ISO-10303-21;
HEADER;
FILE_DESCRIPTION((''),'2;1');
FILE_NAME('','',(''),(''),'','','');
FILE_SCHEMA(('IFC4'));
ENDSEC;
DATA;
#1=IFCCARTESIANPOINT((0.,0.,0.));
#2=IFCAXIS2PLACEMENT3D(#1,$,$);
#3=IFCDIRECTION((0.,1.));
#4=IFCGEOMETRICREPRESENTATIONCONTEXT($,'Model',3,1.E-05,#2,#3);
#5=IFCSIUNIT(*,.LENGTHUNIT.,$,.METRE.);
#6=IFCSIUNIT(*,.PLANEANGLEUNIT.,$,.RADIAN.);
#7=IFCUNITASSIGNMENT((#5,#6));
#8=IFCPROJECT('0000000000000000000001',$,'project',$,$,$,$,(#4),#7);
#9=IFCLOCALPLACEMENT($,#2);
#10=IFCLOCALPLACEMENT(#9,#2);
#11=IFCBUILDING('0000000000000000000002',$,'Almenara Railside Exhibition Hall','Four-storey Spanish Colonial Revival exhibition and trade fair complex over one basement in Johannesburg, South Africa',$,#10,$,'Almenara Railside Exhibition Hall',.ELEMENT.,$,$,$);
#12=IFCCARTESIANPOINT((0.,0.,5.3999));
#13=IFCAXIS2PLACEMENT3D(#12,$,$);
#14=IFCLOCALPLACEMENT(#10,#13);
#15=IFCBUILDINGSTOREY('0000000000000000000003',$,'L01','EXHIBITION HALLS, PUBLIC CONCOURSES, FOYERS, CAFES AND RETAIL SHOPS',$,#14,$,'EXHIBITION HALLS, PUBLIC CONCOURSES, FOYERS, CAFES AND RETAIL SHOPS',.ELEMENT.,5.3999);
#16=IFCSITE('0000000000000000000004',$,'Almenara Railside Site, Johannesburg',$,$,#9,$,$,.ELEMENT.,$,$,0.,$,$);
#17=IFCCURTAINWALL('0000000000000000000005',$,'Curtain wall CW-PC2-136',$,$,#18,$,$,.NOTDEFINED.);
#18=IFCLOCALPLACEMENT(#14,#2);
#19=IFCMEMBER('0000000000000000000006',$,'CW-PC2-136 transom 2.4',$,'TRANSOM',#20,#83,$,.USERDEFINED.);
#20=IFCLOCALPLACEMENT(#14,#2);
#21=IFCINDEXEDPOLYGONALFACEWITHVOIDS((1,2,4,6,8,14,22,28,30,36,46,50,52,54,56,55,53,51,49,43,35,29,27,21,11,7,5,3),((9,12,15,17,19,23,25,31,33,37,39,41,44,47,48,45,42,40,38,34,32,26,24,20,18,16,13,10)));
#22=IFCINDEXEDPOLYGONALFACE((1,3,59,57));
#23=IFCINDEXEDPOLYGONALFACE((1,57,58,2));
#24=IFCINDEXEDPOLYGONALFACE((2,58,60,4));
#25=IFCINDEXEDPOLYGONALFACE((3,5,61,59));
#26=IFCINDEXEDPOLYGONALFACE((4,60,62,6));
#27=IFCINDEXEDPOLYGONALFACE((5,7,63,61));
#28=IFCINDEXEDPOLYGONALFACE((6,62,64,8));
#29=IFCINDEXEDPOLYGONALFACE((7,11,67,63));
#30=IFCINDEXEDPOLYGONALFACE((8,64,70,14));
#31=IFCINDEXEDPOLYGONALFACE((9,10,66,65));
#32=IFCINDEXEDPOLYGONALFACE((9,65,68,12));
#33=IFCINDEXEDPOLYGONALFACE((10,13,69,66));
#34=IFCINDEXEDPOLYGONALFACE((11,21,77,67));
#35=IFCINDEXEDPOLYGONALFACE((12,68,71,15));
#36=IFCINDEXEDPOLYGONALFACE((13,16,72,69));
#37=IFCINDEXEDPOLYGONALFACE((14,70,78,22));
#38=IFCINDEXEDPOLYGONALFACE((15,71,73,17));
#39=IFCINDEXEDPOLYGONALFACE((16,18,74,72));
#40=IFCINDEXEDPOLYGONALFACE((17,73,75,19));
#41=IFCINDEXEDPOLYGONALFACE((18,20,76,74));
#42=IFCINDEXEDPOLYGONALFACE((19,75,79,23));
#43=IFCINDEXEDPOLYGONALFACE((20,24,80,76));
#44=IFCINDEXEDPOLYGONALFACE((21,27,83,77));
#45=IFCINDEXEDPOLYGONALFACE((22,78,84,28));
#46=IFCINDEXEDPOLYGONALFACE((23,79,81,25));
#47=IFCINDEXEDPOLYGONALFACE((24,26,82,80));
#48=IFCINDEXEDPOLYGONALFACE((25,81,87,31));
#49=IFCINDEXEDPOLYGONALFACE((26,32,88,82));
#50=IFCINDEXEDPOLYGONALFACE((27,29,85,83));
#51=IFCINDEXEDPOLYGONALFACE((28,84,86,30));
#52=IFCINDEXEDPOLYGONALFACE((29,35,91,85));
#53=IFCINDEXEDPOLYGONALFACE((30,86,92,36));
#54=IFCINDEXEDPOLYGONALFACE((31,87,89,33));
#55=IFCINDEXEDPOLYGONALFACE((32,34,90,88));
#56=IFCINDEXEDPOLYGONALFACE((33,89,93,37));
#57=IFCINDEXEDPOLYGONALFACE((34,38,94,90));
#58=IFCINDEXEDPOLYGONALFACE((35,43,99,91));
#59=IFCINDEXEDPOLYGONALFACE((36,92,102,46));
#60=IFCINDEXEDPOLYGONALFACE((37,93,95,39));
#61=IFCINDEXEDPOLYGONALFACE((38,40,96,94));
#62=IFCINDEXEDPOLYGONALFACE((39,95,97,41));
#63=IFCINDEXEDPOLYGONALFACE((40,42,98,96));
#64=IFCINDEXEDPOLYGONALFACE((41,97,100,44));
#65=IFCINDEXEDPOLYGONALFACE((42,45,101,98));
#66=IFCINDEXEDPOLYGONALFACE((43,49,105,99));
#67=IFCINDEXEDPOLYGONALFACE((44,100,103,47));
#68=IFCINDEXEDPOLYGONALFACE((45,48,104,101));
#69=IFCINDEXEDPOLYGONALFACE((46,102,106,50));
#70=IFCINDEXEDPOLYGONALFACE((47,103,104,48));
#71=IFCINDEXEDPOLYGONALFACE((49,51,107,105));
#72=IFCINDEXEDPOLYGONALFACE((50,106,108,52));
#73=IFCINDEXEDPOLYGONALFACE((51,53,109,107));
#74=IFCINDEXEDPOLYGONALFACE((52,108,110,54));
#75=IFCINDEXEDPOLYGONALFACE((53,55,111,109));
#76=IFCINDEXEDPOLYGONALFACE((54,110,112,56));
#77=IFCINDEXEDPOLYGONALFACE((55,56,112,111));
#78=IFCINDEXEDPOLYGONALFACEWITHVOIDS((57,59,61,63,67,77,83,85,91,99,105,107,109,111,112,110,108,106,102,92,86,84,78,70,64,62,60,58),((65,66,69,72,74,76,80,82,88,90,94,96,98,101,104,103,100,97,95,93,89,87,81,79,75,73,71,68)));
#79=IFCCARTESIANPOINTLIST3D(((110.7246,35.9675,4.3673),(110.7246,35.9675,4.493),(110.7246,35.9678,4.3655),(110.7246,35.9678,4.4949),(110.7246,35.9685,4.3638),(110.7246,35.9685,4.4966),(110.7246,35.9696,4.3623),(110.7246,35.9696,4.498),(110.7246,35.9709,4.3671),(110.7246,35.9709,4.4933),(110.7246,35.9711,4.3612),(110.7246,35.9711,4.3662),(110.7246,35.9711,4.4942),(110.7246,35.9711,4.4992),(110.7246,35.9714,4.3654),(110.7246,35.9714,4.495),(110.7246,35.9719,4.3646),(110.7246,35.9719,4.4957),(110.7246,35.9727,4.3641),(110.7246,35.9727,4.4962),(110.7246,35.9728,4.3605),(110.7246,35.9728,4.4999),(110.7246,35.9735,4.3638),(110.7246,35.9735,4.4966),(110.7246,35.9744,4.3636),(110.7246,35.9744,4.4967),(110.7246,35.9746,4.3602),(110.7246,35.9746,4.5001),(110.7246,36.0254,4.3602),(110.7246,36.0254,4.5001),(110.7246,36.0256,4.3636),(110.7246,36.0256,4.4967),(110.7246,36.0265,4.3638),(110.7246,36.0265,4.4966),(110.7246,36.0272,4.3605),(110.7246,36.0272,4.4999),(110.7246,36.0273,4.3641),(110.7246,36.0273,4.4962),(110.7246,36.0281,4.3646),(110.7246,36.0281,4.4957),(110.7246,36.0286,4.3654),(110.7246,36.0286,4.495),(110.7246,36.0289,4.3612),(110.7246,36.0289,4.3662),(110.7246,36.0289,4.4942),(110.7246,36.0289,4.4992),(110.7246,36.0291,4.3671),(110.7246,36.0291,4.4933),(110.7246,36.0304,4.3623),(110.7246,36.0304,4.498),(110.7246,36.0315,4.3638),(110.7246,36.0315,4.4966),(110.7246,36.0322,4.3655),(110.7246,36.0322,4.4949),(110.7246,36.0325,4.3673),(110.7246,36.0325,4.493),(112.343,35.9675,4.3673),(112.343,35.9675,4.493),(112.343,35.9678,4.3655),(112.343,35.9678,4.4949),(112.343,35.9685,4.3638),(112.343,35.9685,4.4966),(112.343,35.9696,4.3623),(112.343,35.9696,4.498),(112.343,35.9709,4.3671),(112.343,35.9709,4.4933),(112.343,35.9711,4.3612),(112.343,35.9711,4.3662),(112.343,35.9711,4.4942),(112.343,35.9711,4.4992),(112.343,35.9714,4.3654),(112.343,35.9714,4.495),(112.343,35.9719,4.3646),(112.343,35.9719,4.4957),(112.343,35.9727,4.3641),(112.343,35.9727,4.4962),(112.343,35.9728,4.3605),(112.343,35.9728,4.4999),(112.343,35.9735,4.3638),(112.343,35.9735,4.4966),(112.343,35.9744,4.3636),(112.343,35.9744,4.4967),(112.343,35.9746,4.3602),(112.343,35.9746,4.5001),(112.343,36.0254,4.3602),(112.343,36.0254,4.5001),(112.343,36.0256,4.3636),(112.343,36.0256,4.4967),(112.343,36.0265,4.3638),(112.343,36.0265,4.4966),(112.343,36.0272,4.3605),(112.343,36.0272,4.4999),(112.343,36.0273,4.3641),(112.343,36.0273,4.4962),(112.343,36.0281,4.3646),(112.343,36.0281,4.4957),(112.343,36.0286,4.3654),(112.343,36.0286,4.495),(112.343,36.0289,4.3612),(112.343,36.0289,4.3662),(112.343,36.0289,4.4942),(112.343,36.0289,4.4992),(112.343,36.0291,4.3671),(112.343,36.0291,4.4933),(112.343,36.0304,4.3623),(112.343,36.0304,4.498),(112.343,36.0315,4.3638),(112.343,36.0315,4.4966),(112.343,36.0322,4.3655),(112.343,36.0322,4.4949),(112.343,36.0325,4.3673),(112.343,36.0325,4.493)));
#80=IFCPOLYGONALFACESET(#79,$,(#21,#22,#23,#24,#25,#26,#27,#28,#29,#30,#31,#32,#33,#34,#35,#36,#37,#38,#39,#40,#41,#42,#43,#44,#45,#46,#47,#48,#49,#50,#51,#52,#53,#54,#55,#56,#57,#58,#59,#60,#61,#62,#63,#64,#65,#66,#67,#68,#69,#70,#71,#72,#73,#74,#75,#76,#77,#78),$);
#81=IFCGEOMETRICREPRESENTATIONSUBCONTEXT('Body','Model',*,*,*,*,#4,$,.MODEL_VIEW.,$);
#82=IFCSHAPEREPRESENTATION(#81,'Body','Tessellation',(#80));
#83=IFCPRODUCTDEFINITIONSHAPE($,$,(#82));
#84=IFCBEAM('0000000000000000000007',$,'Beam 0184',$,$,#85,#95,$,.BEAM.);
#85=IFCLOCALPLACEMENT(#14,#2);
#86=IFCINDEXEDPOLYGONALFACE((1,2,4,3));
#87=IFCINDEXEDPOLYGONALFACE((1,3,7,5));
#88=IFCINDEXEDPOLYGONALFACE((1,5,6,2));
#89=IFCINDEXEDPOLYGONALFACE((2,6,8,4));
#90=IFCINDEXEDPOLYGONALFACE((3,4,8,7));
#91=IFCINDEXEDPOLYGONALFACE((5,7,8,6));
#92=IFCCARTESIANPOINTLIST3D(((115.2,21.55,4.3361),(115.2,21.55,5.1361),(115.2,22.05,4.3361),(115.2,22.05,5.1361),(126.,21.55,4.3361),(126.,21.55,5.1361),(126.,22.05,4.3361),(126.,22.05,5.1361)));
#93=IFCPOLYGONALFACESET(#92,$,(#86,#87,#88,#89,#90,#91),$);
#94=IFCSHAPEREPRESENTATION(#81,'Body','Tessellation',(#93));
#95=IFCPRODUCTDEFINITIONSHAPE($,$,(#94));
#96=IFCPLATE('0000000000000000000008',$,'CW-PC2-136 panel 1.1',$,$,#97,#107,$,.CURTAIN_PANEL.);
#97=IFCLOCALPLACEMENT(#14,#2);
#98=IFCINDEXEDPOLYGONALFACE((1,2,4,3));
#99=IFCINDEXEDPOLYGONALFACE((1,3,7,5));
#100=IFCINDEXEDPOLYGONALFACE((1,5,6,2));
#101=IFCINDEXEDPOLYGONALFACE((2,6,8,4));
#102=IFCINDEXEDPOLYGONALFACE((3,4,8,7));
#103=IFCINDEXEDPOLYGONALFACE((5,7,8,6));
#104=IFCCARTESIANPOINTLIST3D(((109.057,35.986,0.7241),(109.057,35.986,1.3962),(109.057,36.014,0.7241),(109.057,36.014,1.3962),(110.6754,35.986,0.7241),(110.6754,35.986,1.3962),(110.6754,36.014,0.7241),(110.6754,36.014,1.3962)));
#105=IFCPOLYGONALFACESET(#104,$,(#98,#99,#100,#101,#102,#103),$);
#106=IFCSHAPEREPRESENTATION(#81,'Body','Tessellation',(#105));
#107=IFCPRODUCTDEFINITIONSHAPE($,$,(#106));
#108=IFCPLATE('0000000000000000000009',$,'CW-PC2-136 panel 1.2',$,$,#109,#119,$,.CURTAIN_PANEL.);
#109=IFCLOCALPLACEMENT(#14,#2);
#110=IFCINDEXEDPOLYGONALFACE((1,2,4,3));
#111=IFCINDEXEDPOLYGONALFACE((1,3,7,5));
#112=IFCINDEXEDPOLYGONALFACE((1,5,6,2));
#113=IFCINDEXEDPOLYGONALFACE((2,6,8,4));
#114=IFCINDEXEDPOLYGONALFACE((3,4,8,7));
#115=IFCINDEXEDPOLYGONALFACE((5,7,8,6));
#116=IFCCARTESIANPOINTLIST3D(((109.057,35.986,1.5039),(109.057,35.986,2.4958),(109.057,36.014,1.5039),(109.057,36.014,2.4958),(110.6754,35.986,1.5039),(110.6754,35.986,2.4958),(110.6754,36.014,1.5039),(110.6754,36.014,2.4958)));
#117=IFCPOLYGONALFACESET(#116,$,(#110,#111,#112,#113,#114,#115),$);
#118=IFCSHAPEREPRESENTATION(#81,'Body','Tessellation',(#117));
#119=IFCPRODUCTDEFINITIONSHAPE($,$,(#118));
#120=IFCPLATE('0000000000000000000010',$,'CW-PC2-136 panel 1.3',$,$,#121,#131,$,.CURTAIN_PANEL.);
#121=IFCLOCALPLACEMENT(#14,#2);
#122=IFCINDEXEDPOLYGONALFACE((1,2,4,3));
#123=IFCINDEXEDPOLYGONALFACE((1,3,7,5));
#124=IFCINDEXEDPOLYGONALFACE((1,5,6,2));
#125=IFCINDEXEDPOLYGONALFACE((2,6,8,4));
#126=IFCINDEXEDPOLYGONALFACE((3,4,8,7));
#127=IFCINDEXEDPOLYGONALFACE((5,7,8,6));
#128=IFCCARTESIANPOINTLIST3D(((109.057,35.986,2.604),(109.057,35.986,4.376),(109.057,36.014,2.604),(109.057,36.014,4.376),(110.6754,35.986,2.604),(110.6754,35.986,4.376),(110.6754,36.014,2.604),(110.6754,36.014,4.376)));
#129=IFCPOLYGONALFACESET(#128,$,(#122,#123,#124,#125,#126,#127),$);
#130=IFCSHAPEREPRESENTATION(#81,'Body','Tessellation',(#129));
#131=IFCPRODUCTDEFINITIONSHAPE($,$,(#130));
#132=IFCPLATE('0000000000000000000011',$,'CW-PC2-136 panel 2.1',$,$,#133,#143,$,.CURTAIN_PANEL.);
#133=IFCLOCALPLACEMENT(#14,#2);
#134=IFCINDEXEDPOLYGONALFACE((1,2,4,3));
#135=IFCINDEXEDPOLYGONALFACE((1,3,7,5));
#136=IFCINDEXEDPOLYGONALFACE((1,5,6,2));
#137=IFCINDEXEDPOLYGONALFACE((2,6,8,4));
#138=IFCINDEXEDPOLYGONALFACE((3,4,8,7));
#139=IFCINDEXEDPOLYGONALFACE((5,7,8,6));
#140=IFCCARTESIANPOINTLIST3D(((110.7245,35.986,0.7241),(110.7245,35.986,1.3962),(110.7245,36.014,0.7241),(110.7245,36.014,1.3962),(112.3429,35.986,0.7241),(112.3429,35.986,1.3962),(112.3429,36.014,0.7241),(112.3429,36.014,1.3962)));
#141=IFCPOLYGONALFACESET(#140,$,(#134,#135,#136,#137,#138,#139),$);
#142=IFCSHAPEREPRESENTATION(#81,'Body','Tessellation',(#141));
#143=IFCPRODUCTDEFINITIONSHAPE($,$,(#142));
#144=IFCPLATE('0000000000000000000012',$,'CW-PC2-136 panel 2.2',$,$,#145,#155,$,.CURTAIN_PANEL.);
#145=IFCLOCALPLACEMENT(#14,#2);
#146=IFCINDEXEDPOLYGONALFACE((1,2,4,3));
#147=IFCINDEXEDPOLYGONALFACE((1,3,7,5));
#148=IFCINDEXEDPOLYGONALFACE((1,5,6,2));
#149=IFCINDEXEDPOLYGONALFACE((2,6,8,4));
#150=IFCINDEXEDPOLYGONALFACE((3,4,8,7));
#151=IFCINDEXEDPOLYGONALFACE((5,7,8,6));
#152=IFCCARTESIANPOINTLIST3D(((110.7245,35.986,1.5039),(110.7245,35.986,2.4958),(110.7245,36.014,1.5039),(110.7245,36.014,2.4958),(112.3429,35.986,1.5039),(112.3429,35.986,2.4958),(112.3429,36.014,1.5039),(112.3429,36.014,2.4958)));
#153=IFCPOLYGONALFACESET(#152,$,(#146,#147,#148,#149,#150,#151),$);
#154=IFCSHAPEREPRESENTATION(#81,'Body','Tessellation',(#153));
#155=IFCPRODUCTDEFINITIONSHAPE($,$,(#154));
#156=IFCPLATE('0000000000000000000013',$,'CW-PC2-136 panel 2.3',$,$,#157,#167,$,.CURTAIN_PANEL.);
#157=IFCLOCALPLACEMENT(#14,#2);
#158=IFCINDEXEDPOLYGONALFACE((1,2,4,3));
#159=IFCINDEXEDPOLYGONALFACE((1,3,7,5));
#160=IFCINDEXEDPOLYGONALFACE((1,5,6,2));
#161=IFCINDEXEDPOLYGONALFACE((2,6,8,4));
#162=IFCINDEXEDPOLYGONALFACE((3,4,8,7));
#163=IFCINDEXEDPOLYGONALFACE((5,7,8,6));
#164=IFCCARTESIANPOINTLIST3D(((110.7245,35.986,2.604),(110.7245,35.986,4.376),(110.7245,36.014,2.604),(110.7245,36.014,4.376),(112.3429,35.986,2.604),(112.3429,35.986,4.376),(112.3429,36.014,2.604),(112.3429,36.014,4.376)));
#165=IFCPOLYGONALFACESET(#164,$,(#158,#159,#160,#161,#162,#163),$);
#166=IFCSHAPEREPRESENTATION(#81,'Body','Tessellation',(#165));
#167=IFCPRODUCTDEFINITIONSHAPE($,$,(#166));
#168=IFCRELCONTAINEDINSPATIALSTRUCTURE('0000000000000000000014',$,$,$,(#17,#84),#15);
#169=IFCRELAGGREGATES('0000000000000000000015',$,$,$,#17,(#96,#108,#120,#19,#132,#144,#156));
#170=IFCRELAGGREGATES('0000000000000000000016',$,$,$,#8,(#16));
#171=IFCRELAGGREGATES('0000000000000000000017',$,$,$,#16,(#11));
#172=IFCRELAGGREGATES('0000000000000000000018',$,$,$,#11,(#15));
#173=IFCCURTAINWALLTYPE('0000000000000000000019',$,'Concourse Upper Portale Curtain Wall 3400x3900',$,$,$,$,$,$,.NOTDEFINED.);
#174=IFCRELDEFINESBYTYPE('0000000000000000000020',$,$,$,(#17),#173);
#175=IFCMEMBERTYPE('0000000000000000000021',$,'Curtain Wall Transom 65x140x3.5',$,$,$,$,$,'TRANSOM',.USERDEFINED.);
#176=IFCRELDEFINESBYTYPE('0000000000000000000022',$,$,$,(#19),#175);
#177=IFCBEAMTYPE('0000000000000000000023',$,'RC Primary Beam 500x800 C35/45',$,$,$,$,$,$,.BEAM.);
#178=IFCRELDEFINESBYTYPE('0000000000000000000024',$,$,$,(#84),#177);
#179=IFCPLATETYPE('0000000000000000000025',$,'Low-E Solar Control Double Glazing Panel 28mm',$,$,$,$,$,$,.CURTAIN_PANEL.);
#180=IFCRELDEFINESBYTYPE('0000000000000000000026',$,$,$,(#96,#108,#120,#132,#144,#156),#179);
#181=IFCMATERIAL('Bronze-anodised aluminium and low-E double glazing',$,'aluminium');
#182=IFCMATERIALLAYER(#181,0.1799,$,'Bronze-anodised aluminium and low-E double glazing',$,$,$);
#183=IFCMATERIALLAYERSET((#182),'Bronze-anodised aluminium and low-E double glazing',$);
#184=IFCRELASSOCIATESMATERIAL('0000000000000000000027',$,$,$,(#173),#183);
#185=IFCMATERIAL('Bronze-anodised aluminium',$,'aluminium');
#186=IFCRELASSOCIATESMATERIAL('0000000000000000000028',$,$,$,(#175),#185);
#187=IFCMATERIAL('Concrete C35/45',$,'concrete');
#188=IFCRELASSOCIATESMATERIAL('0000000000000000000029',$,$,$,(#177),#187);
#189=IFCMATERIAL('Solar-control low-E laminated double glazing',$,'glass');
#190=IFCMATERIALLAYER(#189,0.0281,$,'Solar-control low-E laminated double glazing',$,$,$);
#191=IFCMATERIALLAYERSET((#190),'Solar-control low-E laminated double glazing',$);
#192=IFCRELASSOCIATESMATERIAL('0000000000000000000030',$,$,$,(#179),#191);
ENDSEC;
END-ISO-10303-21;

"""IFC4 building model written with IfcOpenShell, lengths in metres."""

from ifc_helpers import new_model, si_unit, direction, frame, origin, origin_2d, place, context, subcontext, project, spatial, rectangle, hollow_rectangle, extrude, material, layer, layer_set, material_profile, profile_set, type_object, element, aggregate, save


model = new_model("IFC4")

# Units and contexts
model_context = context("Model", 3, precision=1e-05, world=origin(), true_north=direction((0.0, 1.0)))
body_context = subcontext(model_context, "Body", "Model", "MODEL_VIEW")
ifc_project = project(units=[si_unit("LENGTHUNIT", "METRE"), si_unit("PLANEANGLEUNIT", "RADIAN")], contexts=[model_context])

# Site, building, storey
site_placement = place(None, origin())
site = spatial("IfcSite", under=ifc_project, at=site_placement, Name="Almenara Railside Site, Johannesburg", CompositionType="ELEMENT", RefElevation=0.0)
building_placement = place(site_placement, origin())
building = spatial("IfcBuilding", under=site, at=building_placement, Name="Almenara Railside Exhibition Hall", Description="Four-storey Spanish Colonial Revival exhibition and trade fair complex over one basement in Johannesburg, South Africa", LongName="Almenara Railside Exhibition Hall", CompositionType="ELEMENT")
storey_placement = place(building_placement, frame((0.0, 0.0, 5.3999)))
storey = spatial("IfcBuildingStorey", under=building, at=storey_placement, Name="L01", Description="EXHIBITION HALLS, PUBLIC CONCOURSES, FOYERS, CAFES AND RETAIL SHOPS", LongName="EXHIBITION HALLS, PUBLIC CONCOURSES, FOYERS, CAFES AND RETAIL SHOPS", CompositionType="ELEMENT", Elevation=5.3999)

# Shared definitions
ifc_material_1 = material(Name="Concrete C35/45", Category="concrete")

# Shared definitions
ifc_material_2 = material(Name="Bronze-anodised aluminium and low-E double glazing", Category="aluminium")
ifc_material_3 = material(Name="Bronze-anodised aluminium", Category="aluminium")

# Curtain wall
ifc_layer_1 = layer(ifc_material_2, 0.1799, Name="Bronze-anodised aluminium and low-E double glazing")
ifc_layer_set_1 = layer_set([ifc_layer_1], Name="Bronze-anodised aluminium and low-E double glazing")
curtain_wall_type_1 = type_object("IfcCurtainWallType", Name="Concourse Upper Portale Curtain Wall 3400x3900", PredefinedType="NOTDEFINED", material=ifc_layer_set_1)
curtain_wall_1_placement = place(storey_placement, origin())
curtain_wall_1 = element("IfcCurtainWall", 1, at=curtain_wall_1_placement, inside=storey, type_object=curtain_wall_type_1, Name="Curtain wall CW-PC2-136", PredefinedType="NOTDEFINED")

# Member
ifc_material_profile_1 = material_profile(ifc_material_3, hollow_rectangle(XDim=0.0649, YDim=0.1399, WallThickness=0.0034, InnerFilletRadius=0.0034, OuterFilletRadius=0.0071, at=origin_2d()), Name="ALU-TRN 65x140x3.5")
ifc_profile_set_1 = profile_set([ifc_material_profile_1], Name="Bronze-anodised aluminium")
member_type_1 = type_object("IfcMemberType", Name="Curtain Wall Transom 65x140x3.5", ElementType="TRANSOM", PredefinedType="USERDEFINED", material=ifc_profile_set_1)
member_1_placement = place(storey_placement, frame((110.7246, 36.0, 4.4302), z_axis=(1.0, 0.0, 0.0), x_axis=(0.0, 1.0, 0.0)))
member_1 = element("IfcMember", 2, at=member_1_placement, type_object=member_type_1, Name="CW-PC2-136 transom 2.4", ObjectType="TRANSOM", PredefinedType="USERDEFINED", context=body_context, shape_type="SweptSolid", body=[
    extrude(hollow_rectangle(XDim=0.0649, YDim=0.1399, WallThickness=0.0034, InnerFilletRadius=0.0034, OuterFilletRadius=0.0071, at=origin_2d()), origin(), (0.0, 0.0, 1.0), 1.6184),
])

# Beam
ifc_material_profile_2 = material_profile(ifc_material_1, rectangle(XDim=0.5, YDim=0.8, at=origin_2d()), Name="RC 500x800")
ifc_profile_set_2 = profile_set([ifc_material_profile_2], Name="Concrete C35/45")
beam_type = type_object("IfcBeamType", Name="RC Primary Beam 500x800 C35/45", PredefinedType="BEAM", material=ifc_profile_set_2)
beam_placement = place(storey_placement, frame((115.2, 21.8, 4.7361), z_axis=(1.0, 0.0, 0.0), x_axis=(0.0, 1.0, 0.0)))
element("IfcBeam", 3, at=beam_placement, inside=storey, type_object=beam_type, Name="Beam 0184", PredefinedType="BEAM", context=body_context, shape_type="SweptSolid", body=[
    extrude(rectangle(XDim=0.5, YDim=0.8, at=origin_2d()), origin(), (0.0, 0.0, 1.0), 10.8),
])

# Plates
ifc_material_4 = material(Name="Solar-control low-E laminated double glazing", Category="glass")
ifc_layer_2 = layer(ifc_material_4, 0.0281, Name="Solar-control low-E laminated double glazing")
ifc_layer_set_2 = layer_set([ifc_layer_2], Name="Solar-control low-E laminated double glazing")
plate_type = type_object("IfcPlateType", Name="Low-E Solar Control Double Glazing Panel 28mm", PredefinedType="CURTAIN_PANEL", material=ifc_layer_set_2)
plate_1_placement = place(storey_placement, frame((109.8662, 36.0, 0.7241), z_axis=(0.0, 0.0, 1.0), x_axis=(1.0, 0.0, 0.0)))
plate_1 = element("IfcPlate", 4, at=plate_1_placement, type_object=plate_type, Name="CW-PC2-136 panel 1.1", PredefinedType="CURTAIN_PANEL", context=body_context, shape_type="SweptSolid", body=[
    extrude(rectangle(XDim=1.6184, YDim=0.0281, at=origin_2d()), origin(), (0.0, 0.0, 1.0), 0.6721),
])
plate_2_placement = place(storey_placement, frame((109.8662, 36.0, 1.5039), z_axis=(0.0, 0.0, 1.0), x_axis=(1.0, 0.0, 0.0)))
plate_2 = element("IfcPlate", 5, at=plate_2_placement, type_object=plate_type, Name="CW-PC2-136 panel 1.2", PredefinedType="CURTAIN_PANEL", context=body_context, shape_type="SweptSolid", body=[
    extrude(rectangle(XDim=1.6184, YDim=0.0281, at=origin_2d()), origin(), (0.0, 0.0, 1.0), 0.9919),
])
plate_3_placement = place(storey_placement, frame((109.8662, 36.0, 2.604), z_axis=(0.0, 0.0, 1.0), x_axis=(1.0, 0.0, 0.0)))
plate_3 = element("IfcPlate", 6, at=plate_3_placement, type_object=plate_type, Name="CW-PC2-136 panel 1.3", PredefinedType="CURTAIN_PANEL", context=body_context, shape_type="SweptSolid", body=[
    extrude(rectangle(XDim=1.6184, YDim=0.0281, at=origin_2d()), origin(), (0.0, 0.0, 1.0), 1.772),
])
plate_4_placement = place(storey_placement, frame((111.5337, 36.0, 0.7241), z_axis=(0.0, 0.0, 1.0), x_axis=(1.0, 0.0, 0.0)))
plate_4 = element("IfcPlate", 7, at=plate_4_placement, type_object=plate_type, Name="CW-PC2-136 panel 2.1", PredefinedType="CURTAIN_PANEL", context=body_context, shape_type="SweptSolid", body=[
    extrude(rectangle(XDim=1.6184, YDim=0.0281, at=origin_2d()), origin(), (0.0, 0.0, 1.0), 0.6721),
])
plate_5_placement = place(storey_placement, frame((111.5337, 36.0, 1.5039), z_axis=(0.0, 0.0, 1.0), x_axis=(1.0, 0.0, 0.0)))
plate_5 = element("IfcPlate", 8, at=plate_5_placement, type_object=plate_type, Name="CW-PC2-136 panel 2.2", PredefinedType="CURTAIN_PANEL", context=body_context, shape_type="SweptSolid", body=[
    extrude(rectangle(XDim=1.6184, YDim=0.0281, at=origin_2d()), origin(), (0.0, 0.0, 1.0), 0.9919),
])
plate_6_placement = place(storey_placement, frame((111.5337, 36.0, 2.604), z_axis=(0.0, 0.0, 1.0), x_axis=(1.0, 0.0, 0.0)))
plate_6 = element("IfcPlate", 9, at=plate_6_placement, type_object=plate_type, Name="CW-PC2-136 panel 2.3", PredefinedType="CURTAIN_PANEL", context=body_context, shape_type="SweptSolid", body=[
    extrude(rectangle(XDim=1.6184, YDim=0.0281, at=origin_2d()), origin(), (0.0, 0.0, 1.0), 1.772),
])
aggregate(curtain_wall_1, [plate_1, plate_2, plate_3, member_1, plate_4, plate_5, plate_6])

save(model, "model.ifc")
